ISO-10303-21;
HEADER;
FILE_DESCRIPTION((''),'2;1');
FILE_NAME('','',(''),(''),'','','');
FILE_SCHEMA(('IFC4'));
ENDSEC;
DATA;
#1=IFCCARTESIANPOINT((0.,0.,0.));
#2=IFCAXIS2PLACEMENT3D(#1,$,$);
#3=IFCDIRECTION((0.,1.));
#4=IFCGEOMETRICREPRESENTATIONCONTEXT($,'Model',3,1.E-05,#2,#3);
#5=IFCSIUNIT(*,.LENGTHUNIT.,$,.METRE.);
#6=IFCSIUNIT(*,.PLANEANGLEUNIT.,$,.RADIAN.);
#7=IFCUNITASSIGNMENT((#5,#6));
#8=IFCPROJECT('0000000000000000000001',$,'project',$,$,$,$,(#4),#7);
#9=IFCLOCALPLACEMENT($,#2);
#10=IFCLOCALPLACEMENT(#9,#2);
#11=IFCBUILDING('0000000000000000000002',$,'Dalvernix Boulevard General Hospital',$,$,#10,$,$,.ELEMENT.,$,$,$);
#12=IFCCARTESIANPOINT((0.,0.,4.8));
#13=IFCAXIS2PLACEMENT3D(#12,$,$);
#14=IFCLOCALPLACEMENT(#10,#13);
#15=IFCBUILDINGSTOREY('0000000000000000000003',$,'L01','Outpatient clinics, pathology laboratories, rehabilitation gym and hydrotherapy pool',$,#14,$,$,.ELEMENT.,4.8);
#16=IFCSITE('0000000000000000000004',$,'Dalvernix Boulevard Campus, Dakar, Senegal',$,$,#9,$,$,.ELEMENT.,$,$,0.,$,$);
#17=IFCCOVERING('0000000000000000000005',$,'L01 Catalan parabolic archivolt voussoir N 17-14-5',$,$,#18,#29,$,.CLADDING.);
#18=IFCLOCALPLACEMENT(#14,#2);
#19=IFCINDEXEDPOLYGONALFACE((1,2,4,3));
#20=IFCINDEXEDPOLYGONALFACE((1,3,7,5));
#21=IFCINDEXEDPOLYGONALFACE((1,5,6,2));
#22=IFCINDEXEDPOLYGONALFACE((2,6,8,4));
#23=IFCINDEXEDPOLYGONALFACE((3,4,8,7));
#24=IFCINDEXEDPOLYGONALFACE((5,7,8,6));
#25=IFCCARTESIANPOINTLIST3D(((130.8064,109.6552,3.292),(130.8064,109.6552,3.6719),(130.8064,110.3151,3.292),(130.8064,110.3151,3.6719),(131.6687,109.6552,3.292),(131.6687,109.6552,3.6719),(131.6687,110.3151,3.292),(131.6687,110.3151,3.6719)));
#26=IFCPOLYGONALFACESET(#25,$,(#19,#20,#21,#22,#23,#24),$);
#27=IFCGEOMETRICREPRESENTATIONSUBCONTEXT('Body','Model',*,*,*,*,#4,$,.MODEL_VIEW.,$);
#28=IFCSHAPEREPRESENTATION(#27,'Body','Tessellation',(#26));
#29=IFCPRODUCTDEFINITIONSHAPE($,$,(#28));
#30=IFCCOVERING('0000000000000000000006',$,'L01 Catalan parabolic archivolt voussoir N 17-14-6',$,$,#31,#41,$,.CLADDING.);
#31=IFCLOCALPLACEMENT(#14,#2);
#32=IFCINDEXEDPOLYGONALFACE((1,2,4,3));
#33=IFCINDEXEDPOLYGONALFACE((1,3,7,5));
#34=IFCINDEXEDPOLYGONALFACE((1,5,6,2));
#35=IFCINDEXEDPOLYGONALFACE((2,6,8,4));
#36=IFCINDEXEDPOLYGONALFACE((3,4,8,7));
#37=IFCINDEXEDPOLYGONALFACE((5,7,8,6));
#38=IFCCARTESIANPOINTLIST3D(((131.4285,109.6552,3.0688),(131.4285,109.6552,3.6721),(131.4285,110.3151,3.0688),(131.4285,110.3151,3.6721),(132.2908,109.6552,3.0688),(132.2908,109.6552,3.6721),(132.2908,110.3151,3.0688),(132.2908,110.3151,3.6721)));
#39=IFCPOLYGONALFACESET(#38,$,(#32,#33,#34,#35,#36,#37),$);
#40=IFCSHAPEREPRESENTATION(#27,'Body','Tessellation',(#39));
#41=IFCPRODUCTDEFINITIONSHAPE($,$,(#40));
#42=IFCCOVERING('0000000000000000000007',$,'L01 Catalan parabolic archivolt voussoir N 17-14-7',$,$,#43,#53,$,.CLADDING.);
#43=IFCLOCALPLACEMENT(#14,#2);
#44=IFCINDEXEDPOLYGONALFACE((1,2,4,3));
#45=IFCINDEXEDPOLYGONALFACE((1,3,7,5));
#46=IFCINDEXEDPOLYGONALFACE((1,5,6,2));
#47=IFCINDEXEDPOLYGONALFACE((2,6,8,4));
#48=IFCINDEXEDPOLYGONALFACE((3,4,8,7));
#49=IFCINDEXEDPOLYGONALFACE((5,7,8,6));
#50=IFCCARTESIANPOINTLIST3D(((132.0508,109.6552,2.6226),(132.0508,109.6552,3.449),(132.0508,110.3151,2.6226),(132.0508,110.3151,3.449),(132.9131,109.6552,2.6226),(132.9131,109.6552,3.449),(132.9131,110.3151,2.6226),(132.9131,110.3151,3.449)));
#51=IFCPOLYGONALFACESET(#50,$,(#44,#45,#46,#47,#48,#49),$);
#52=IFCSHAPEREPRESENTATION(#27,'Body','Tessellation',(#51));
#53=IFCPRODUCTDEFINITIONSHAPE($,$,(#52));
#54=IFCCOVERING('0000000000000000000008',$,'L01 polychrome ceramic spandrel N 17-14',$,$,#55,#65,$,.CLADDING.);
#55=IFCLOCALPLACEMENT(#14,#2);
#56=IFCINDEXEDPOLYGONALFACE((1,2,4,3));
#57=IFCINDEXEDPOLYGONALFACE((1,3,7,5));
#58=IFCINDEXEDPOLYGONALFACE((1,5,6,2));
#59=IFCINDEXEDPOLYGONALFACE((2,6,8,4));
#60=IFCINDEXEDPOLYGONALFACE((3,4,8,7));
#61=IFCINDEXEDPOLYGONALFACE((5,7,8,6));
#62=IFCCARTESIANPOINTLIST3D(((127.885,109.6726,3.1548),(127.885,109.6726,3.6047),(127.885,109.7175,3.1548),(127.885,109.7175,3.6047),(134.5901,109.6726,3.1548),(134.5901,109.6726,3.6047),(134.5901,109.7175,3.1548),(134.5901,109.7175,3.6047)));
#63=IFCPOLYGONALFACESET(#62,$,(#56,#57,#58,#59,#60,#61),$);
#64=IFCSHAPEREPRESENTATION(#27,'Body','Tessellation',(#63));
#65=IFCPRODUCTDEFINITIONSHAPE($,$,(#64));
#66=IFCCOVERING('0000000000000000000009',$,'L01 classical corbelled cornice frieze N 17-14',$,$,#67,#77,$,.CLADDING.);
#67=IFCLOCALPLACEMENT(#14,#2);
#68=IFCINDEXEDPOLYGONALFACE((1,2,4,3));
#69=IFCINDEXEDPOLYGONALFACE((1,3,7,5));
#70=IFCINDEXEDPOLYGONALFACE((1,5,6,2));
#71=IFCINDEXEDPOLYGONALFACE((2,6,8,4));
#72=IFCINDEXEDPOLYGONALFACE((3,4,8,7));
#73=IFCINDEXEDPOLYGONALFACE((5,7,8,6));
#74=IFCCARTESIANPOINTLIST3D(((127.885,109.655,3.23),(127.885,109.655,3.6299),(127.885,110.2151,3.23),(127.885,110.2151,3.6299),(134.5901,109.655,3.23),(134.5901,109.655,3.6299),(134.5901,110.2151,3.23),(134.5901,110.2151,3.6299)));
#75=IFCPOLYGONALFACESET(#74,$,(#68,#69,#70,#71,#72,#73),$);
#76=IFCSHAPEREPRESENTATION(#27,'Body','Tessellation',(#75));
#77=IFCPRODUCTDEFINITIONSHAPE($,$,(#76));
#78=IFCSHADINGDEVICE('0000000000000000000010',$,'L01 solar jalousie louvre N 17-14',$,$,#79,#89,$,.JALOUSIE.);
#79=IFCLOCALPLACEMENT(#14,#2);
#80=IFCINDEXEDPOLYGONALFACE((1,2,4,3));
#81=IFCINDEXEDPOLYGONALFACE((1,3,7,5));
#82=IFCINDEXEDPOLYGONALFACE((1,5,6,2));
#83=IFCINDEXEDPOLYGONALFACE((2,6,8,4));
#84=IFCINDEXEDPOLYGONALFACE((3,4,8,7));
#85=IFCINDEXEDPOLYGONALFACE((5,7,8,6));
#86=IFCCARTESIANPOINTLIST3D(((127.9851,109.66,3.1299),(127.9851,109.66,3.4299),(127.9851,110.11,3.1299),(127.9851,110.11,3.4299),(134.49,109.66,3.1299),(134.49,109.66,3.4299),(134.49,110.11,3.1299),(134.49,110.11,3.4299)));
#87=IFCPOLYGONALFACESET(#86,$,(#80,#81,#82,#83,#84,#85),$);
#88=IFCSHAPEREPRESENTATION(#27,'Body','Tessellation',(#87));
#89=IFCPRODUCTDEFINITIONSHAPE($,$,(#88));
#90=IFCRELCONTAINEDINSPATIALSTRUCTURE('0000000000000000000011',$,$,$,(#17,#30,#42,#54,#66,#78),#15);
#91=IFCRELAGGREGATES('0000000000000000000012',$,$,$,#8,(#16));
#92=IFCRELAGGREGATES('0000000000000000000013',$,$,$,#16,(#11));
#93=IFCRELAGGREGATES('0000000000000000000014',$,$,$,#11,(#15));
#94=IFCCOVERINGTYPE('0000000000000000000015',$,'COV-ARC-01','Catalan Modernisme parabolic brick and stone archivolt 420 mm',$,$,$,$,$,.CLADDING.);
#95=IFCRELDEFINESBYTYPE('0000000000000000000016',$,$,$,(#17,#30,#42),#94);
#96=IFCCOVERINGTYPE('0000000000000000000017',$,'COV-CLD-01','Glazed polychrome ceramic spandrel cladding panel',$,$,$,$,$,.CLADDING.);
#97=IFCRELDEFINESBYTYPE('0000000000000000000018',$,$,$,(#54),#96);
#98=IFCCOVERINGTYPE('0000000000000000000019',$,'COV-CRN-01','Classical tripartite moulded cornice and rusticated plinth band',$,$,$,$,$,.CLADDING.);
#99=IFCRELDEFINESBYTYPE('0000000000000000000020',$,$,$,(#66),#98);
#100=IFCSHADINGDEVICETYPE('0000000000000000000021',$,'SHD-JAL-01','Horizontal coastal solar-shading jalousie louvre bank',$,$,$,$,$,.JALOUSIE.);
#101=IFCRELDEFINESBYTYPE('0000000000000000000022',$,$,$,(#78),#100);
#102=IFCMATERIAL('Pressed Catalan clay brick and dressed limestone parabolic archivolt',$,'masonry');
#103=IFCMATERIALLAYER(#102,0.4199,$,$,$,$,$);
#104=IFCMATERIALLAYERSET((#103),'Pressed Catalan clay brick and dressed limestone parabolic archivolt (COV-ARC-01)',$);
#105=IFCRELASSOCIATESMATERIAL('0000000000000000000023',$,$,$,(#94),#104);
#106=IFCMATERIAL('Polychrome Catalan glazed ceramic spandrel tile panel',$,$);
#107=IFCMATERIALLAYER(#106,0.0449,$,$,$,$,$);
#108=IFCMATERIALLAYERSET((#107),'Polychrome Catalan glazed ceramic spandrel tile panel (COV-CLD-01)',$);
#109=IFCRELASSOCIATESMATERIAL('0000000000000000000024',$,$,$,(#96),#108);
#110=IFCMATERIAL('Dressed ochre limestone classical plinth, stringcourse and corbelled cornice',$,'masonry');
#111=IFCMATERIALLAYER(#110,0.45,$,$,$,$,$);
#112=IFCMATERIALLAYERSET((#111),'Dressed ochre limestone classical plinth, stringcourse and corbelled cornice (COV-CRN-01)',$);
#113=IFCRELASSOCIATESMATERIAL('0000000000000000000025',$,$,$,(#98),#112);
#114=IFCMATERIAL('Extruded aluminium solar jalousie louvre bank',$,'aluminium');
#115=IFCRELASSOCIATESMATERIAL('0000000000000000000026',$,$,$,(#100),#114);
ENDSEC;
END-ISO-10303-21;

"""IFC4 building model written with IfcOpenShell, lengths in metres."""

from ifc_helpers import new_model, si_unit, direction, frame, origin, origin_2d, place, context, subcontext, project, spatial, rectangle, extrude, material, layer, layer_set, type_object, element, save


model = new_model("IFC4")

# Units and contexts
model_context = context("Model", 3, precision=1e-05, world=origin(), true_north=direction((0.0, 1.0)))
body_context = subcontext(model_context, "Body", "Model", "MODEL_VIEW")
ifc_project = project(units=[si_unit("LENGTHUNIT", "METRE"), si_unit("PLANEANGLEUNIT", "RADIAN")], contexts=[model_context])

# Site, building, storey
site_placement = place(None, origin())
site = spatial("IfcSite", under=ifc_project, at=site_placement, Name="Dalvernix Boulevard Campus, Dakar, Senegal", CompositionType="ELEMENT", RefElevation=0.0)
building_placement = place(site_placement, origin())
building = spatial("IfcBuilding", under=site, at=building_placement, Name="Dalvernix Boulevard General Hospital", CompositionType="ELEMENT")
storey_placement = place(building_placement, frame((0.0, 0.0, 4.8)))
storey = spatial("IfcBuildingStorey", under=building, at=storey_placement, Name="L01", Description="Outpatient clinics, pathology laboratories, rehabilitation gym and hydrotherapy pool", CompositionType="ELEMENT", Elevation=4.8)

# Coverings
ifc_material_1 = material(Name="Pressed Catalan clay brick and dressed limestone parabolic archivolt", Category="masonry")
ifc_layer_1 = layer(ifc_material_1, 0.4199)
ifc_layer_set_1 = layer_set([ifc_layer_1], Name="Pressed Catalan clay brick and dressed limestone parabolic archivolt (COV-ARC-01)")
covering_type_1 = type_object("IfcCoveringType", Name="COV-ARC-01", Description="Catalan Modernisme parabolic brick and stone archivolt 420 mm", PredefinedType="CLADDING", material=ifc_layer_set_1)
covering_1_placement = place(storey_placement, frame((131.2375, 109.9851, 3.292), z_axis=(0.0, 0.0, 1.0), x_axis=(1.0, 0.0, 0.0)))
element("IfcCovering", 1, at=covering_1_placement, inside=storey, type_object=covering_type_1, Name="L01 Catalan parabolic archivolt voussoir N 17-14-5", PredefinedType="CLADDING", context=body_context, shape_type="SweptSolid", body=[
    extrude(rectangle(XDim=0.8623, YDim=0.6599, at=origin_2d()), origin(), (0.0, 0.0, 1.0), 0.3799),
])
covering_2_placement = place(storey_placement, frame((131.8596, 109.9851, 3.0688), z_axis=(0.0, 0.0, 1.0), x_axis=(1.0, 0.0, 0.0)))
element("IfcCovering", 2, at=covering_2_placement, inside=storey, type_object=covering_type_1, Name="L01 Catalan parabolic archivolt voussoir N 17-14-6", PredefinedType="CLADDING", context=body_context, shape_type="SweptSolid", body=[
    extrude(rectangle(XDim=0.8623, YDim=0.6599, at=origin_2d()), origin(), (0.0, 0.0, 1.0), 0.6033),
])
covering_3_placement = place(storey_placement, frame((132.4819, 109.9851, 2.6226), z_axis=(0.0, 0.0, 1.0), x_axis=(1.0, 0.0, 0.0)))
element("IfcCovering", 3, at=covering_3_placement, inside=storey, type_object=covering_type_1, Name="L01 Catalan parabolic archivolt voussoir N 17-14-7", PredefinedType="CLADDING", context=body_context, shape_type="SweptSolid", body=[
    extrude(rectangle(XDim=0.8623, YDim=0.6599, at=origin_2d()), origin(), (0.0, 0.0, 1.0), 0.8264),
])
ifc_material_2 = material(Name="Polychrome Catalan glazed ceramic spandrel tile panel")
ifc_layer_2 = layer(ifc_material_2, 0.0449)
ifc_layer_set_2 = layer_set([ifc_layer_2], Name="Polychrome Catalan glazed ceramic spandrel tile panel (COV-CLD-01)")
covering_type_2 = type_object("IfcCoveringType", Name="COV-CLD-01", Description="Glazed polychrome ceramic spandrel cladding panel", PredefinedType="CLADDING", material=ifc_layer_set_2)
covering_4_placement = place(storey_placement, frame((131.2375, 109.6951, 3.1548), z_axis=(0.0, 0.0, 1.0), x_axis=(1.0, 0.0, 0.0)))
element("IfcCovering", 4, at=covering_4_placement, inside=storey, type_object=covering_type_2, Name="L01 polychrome ceramic spandrel N 17-14", PredefinedType="CLADDING", context=body_context, shape_type="SweptSolid", body=[
    extrude(rectangle(XDim=6.7051, YDim=0.0449, at=origin_2d()), origin(), (0.0, 0.0, 1.0), 0.45),
])
ifc_material_3 = material(Name="Dressed ochre limestone classical plinth, stringcourse and corbelled cornice", Category="masonry")
ifc_layer_3 = layer(ifc_material_3, 0.45)
ifc_layer_set_3 = layer_set([ifc_layer_3], Name="Dressed ochre limestone classical plinth, stringcourse and corbelled cornice (COV-CRN-01)")
covering_type_3 = type_object("IfcCoveringType", Name="COV-CRN-01", Description="Classical tripartite moulded cornice and rusticated plinth band", PredefinedType="CLADDING", material=ifc_layer_set_3)
covering_5_placement = place(storey_placement, frame((131.2375, 109.9351, 3.23), z_axis=(0.0, 0.0, 1.0), x_axis=(1.0, 0.0, 0.0)))
element("IfcCovering", 5, at=covering_5_placement, inside=storey, type_object=covering_type_3, Name="L01 classical corbelled cornice frieze N 17-14", PredefinedType="CLADDING", context=body_context, shape_type="SweptSolid", body=[
    extrude(rectangle(XDim=6.7051, YDim=0.5601, at=origin_2d()), origin(), (0.0, 0.0, 1.0), 0.3999),
])

# Shading device
ifc_material_4 = material(Name="Extruded aluminium solar jalousie louvre bank", Category="aluminium")
shading_device_type = type_object("IfcShadingDeviceType", Name="SHD-JAL-01", Description="Horizontal coastal solar-shading jalousie louvre bank", PredefinedType="JALOUSIE", material=ifc_material_4)
shading_device_placement = place(storey_placement, frame((131.2375, 109.885, 3.1299), z_axis=(0.0, 0.0, 1.0), x_axis=(1.0, 0.0, 0.0)))
element("IfcShadingDevice", 6, at=shading_device_placement, inside=storey, type_object=shading_device_type, Name="L01 solar jalousie louvre N 17-14", PredefinedType="JALOUSIE", context=body_context, shape_type="SweptSolid", body=[
    extrude(rectangle(XDim=6.5049, YDim=0.45, at=origin_2d()), origin(), (0.0, 0.0, 1.0), 0.3),
])

save(model, "model.ifc")
